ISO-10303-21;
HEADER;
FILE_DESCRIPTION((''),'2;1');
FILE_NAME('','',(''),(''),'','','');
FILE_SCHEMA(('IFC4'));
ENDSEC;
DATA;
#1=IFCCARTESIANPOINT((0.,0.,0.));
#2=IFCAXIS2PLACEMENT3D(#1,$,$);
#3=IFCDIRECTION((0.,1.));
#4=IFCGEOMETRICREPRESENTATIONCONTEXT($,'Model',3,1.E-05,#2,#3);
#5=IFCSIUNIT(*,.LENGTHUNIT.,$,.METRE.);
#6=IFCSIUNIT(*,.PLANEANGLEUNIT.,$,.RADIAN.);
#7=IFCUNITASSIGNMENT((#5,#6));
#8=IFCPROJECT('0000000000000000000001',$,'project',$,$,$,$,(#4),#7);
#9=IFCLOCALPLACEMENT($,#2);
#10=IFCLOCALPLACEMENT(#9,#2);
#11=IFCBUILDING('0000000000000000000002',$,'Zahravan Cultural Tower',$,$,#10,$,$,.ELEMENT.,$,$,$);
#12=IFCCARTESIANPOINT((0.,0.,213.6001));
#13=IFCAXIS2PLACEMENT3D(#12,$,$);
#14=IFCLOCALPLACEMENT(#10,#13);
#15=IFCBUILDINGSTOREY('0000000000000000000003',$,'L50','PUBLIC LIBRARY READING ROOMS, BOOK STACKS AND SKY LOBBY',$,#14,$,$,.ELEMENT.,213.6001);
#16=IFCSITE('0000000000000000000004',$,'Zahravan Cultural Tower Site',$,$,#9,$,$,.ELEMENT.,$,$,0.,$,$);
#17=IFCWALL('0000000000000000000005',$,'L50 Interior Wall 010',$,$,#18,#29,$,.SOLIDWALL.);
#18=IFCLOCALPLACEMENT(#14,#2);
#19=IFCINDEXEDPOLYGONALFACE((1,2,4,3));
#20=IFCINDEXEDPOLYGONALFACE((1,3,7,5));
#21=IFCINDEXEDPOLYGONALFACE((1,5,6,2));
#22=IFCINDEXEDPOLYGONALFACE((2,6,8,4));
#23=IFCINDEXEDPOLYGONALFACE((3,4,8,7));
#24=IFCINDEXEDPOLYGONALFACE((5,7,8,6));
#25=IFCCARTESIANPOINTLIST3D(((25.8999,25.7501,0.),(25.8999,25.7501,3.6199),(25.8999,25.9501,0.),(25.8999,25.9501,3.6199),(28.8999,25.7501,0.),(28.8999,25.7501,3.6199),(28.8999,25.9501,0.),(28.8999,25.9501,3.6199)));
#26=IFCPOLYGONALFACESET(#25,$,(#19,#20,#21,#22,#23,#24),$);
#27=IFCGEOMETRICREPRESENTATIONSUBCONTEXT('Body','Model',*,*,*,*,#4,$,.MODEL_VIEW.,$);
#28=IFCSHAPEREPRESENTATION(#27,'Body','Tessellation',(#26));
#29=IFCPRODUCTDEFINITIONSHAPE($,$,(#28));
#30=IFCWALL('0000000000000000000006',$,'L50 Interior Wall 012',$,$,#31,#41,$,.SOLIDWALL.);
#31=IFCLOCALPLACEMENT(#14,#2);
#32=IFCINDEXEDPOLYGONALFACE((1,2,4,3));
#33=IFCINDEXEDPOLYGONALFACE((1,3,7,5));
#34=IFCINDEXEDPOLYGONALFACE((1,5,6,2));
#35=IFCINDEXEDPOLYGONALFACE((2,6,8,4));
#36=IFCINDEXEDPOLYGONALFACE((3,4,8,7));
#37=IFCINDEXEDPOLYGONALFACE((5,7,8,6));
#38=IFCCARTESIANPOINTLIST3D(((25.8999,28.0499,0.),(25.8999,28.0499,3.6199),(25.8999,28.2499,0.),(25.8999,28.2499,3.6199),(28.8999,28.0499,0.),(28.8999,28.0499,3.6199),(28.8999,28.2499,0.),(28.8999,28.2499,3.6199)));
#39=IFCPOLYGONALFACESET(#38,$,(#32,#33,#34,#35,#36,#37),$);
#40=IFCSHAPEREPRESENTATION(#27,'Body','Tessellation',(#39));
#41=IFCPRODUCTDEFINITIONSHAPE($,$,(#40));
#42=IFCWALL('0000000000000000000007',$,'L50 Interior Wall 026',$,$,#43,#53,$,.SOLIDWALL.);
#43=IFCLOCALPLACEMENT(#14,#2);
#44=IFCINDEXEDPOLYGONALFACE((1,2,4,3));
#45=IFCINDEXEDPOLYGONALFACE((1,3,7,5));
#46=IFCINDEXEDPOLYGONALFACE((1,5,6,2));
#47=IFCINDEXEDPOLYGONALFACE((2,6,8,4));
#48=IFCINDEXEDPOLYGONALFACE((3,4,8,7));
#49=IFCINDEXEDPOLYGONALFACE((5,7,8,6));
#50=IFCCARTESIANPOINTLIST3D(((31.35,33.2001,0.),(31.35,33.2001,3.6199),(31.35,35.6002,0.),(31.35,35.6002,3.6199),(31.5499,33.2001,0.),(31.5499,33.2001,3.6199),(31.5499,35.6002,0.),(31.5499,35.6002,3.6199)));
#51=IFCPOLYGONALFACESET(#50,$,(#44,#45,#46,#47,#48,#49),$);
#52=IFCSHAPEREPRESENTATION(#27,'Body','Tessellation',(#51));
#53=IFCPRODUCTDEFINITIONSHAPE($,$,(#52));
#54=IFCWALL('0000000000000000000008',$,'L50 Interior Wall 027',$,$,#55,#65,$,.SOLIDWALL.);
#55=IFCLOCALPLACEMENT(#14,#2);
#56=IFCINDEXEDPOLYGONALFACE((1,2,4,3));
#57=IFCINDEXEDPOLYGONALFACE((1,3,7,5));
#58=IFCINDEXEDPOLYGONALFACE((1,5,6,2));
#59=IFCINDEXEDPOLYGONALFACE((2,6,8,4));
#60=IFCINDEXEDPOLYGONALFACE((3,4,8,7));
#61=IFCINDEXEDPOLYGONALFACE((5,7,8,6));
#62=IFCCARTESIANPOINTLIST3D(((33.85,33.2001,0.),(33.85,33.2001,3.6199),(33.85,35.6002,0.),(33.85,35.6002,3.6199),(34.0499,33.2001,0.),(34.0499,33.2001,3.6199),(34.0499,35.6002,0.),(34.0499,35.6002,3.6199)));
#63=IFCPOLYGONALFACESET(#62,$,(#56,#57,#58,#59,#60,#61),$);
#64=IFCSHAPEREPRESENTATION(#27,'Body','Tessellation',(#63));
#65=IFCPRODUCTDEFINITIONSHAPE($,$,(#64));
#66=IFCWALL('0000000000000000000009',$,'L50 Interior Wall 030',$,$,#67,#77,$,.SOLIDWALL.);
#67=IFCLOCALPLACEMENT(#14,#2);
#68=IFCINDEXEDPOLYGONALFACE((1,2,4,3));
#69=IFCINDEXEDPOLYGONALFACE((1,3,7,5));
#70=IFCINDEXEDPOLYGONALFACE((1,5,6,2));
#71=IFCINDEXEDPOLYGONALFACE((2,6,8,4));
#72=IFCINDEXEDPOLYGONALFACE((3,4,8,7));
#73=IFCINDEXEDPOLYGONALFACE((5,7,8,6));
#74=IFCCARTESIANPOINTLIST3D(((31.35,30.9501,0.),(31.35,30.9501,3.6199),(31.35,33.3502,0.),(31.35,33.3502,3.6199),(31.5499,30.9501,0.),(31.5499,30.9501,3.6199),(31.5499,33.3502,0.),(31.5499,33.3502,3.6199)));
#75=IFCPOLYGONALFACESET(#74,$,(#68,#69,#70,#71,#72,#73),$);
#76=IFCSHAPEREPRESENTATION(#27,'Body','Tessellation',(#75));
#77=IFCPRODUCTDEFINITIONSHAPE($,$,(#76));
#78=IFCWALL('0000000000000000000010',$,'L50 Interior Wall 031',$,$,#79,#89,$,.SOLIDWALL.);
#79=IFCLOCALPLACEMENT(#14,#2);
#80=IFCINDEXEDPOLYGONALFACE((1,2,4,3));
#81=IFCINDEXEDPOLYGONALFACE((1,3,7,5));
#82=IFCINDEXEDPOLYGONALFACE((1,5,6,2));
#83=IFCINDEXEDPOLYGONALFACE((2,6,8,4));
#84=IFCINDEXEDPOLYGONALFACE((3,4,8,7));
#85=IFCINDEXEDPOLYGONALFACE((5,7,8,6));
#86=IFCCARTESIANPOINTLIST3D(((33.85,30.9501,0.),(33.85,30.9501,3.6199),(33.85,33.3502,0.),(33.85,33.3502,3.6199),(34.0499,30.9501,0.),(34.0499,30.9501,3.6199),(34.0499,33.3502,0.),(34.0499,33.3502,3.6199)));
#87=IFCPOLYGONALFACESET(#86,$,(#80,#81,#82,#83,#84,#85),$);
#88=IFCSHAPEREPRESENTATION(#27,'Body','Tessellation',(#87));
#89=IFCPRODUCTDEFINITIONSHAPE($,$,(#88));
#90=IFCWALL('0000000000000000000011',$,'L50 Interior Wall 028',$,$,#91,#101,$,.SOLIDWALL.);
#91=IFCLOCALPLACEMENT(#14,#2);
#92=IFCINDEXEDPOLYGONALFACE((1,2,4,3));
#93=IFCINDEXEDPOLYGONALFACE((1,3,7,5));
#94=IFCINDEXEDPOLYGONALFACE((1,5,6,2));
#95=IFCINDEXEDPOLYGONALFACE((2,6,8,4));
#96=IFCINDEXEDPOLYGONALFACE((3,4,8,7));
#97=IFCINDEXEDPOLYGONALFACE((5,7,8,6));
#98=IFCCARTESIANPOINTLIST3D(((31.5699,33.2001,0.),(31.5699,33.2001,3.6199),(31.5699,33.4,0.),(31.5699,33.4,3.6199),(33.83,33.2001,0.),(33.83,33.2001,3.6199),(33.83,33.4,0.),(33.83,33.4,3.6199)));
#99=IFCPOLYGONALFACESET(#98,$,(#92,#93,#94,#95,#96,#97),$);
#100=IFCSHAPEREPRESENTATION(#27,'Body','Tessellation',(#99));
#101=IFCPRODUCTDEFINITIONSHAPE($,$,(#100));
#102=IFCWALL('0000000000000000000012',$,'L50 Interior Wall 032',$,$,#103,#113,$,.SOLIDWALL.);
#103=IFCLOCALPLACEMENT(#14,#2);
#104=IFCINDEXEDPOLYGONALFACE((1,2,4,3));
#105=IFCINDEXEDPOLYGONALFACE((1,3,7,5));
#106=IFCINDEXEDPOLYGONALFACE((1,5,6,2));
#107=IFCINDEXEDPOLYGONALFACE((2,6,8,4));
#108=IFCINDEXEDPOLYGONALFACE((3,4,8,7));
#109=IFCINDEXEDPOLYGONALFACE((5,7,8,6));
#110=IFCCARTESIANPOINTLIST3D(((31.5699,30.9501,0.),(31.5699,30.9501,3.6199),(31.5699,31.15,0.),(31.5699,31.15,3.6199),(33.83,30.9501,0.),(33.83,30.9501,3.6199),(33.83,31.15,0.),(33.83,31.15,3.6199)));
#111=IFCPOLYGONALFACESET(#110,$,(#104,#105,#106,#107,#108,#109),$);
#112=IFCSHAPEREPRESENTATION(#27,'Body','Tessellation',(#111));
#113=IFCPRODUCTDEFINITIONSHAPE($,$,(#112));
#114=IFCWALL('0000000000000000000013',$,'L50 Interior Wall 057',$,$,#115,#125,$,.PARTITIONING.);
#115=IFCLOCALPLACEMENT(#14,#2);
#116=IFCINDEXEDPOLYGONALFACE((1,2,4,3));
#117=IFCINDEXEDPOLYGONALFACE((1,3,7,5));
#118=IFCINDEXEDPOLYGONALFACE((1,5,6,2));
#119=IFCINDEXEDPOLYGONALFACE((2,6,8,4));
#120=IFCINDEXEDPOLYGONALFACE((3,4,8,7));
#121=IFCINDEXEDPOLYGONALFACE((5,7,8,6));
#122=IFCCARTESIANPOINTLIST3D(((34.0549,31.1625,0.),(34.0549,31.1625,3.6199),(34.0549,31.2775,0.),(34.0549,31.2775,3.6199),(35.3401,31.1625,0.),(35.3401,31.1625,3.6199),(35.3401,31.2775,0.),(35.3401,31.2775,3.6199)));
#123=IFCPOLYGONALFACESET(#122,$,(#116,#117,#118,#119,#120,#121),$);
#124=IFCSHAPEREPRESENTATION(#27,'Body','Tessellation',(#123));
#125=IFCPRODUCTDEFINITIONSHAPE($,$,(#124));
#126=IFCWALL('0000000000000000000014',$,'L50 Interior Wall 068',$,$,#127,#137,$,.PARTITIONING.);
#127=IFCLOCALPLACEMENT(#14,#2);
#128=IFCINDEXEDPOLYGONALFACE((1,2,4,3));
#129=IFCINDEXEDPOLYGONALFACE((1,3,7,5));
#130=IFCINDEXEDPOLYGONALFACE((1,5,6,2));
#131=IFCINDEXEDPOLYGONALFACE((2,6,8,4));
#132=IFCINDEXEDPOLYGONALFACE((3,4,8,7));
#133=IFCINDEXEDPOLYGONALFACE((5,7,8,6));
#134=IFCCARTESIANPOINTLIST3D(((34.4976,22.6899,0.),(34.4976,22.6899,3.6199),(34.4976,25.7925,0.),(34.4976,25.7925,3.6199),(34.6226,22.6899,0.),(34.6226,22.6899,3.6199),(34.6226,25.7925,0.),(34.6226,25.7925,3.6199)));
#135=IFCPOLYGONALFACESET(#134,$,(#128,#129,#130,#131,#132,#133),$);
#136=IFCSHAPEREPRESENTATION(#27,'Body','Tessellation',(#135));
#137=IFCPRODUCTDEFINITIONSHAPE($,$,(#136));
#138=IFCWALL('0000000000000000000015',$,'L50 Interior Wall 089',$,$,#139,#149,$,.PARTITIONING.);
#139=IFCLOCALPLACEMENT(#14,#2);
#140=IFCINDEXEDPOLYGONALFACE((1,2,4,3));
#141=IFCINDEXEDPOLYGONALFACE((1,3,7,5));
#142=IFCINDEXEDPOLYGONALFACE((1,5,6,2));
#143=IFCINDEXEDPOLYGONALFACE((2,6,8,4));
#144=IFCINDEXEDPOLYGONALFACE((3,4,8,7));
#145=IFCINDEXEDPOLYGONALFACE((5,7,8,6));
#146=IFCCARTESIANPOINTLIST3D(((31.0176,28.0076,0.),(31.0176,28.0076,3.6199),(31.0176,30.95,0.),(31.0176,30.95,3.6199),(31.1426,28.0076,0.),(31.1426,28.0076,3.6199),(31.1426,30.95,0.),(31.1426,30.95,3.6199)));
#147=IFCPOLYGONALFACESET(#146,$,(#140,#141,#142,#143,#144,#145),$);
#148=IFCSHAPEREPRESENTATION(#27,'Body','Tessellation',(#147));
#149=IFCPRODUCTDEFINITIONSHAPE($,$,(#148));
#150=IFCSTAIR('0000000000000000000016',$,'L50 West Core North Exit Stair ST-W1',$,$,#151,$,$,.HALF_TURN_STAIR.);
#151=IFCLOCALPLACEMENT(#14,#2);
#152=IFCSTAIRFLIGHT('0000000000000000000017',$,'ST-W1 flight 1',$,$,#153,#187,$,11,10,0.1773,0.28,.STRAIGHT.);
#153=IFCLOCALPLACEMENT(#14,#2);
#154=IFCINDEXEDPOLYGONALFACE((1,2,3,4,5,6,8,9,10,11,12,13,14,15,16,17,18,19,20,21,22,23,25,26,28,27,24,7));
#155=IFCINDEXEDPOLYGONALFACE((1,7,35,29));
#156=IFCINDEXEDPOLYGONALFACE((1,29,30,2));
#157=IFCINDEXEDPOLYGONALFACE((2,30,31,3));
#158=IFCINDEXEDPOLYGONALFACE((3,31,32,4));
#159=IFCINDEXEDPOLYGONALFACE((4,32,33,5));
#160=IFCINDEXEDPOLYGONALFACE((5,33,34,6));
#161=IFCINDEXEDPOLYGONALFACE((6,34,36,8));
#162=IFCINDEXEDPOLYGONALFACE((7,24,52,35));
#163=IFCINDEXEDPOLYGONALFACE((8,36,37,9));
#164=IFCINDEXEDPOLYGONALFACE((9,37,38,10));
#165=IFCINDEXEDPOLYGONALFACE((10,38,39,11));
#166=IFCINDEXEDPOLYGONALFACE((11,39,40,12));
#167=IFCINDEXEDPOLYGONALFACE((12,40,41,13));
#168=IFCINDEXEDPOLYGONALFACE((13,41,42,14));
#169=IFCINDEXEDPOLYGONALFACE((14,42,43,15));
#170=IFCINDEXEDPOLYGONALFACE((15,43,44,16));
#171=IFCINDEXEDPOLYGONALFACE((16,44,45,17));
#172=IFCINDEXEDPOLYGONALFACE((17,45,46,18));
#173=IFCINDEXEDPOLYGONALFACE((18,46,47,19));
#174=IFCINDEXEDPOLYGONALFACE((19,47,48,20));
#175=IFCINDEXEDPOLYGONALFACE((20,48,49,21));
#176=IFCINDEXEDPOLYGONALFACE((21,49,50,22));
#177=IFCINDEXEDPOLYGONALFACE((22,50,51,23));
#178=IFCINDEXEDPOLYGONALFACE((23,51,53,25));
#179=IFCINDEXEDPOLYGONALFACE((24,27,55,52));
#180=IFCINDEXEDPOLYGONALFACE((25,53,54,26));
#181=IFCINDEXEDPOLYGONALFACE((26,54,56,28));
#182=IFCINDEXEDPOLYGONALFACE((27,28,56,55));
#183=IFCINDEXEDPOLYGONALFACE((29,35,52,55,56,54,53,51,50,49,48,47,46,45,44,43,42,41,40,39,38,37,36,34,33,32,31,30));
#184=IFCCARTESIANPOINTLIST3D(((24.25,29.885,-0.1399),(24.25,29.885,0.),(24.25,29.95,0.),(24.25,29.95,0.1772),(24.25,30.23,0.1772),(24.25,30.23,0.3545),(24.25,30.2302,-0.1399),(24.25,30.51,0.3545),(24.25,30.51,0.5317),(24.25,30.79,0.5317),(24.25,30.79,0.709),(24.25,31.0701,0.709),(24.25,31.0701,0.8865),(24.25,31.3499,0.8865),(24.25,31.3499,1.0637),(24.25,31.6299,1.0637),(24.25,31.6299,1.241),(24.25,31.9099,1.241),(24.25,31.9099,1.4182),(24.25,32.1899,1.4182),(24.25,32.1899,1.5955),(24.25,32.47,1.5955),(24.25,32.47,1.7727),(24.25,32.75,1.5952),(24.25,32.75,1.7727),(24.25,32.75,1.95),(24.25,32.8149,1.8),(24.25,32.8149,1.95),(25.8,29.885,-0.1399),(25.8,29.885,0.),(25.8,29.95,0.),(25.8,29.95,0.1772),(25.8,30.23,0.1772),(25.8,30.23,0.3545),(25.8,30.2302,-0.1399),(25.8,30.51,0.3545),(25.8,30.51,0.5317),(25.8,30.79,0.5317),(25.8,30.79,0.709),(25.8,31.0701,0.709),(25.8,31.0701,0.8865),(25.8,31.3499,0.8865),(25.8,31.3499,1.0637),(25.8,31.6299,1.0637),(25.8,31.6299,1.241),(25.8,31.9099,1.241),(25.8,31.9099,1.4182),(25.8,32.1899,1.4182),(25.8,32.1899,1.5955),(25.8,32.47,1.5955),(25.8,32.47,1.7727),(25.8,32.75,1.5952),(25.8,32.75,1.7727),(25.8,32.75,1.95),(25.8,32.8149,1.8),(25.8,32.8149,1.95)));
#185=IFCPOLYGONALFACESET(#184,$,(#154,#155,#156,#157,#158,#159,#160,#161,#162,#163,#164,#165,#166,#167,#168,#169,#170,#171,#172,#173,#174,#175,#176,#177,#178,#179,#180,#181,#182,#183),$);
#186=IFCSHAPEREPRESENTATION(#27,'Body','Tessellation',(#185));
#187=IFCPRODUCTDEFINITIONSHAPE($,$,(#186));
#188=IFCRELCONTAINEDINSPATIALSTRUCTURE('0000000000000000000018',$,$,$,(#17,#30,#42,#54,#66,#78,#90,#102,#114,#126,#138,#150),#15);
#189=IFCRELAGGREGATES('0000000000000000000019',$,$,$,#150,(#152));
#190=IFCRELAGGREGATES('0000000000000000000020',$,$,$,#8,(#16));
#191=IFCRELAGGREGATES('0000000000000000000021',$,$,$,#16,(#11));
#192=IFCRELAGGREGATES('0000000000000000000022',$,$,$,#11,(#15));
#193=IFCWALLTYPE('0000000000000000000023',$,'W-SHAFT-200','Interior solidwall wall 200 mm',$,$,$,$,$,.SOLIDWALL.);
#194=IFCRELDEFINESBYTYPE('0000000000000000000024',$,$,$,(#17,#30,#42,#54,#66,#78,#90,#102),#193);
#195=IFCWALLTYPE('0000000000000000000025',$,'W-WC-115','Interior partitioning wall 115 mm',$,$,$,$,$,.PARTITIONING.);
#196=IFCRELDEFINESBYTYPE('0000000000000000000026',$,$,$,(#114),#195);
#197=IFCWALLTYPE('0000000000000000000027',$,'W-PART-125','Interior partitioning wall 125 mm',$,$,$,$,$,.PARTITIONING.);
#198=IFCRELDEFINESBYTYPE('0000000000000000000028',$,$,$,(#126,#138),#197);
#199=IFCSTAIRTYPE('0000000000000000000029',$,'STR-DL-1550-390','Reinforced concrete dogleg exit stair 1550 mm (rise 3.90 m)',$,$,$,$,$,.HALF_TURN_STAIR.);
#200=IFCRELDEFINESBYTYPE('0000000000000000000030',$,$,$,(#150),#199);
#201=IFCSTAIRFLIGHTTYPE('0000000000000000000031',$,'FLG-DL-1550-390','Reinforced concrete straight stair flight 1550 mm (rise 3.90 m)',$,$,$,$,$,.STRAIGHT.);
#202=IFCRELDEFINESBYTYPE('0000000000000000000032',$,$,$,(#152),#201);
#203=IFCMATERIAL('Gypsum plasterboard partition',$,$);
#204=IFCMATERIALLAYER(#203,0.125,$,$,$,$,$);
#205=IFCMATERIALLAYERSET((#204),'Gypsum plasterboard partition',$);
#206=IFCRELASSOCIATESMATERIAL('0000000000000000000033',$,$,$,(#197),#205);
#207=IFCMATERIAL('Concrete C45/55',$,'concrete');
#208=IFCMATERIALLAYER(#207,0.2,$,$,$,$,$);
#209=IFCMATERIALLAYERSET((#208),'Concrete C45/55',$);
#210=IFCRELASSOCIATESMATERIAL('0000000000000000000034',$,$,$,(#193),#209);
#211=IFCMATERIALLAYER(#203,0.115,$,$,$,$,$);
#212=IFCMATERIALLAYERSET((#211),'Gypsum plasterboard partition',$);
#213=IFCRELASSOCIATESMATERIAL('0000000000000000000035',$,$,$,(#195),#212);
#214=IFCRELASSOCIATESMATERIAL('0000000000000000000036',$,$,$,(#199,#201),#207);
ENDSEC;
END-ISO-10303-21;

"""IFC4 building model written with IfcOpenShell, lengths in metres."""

from ifc_helpers import new_model, si_unit, direction, frame, frame_2d, origin, place, context, subcontext, project, spatial, polyline, rectangle, outline, extrude, source, transform, mapped, material, layer, layer_set, type_object, element, aggregate, save


model = new_model("IFC4")

# Units and contexts
model_context = context("Model", 3, precision=1e-05, world=origin(), true_north=direction((0.0, 1.0)))
body_context = subcontext(model_context, "Body", "Model", "MODEL_VIEW")
ifc_project = project(units=[si_unit("LENGTHUNIT", "METRE"), si_unit("PLANEANGLEUNIT", "RADIAN")], contexts=[model_context])

# Site, building, storey
site_placement = place(None, origin())
site = spatial("IfcSite", under=ifc_project, at=site_placement, Name="Zahravan Cultural Tower Site", CompositionType="ELEMENT", RefElevation=0.0)
building_placement = place(site_placement, origin())
building = spatial("IfcBuilding", under=site, at=building_placement, Name="Zahravan Cultural Tower", CompositionType="ELEMENT")
storey_placement = place(building_placement, frame((0.0, 0.0, 213.6001)))
storey = spatial("IfcBuildingStorey", under=building, at=storey_placement, Name="L50", Description="PUBLIC LIBRARY READING ROOMS, BOOK STACKS AND SKY LOBBY", CompositionType="ELEMENT", Elevation=213.6001)

# Shared definitions
ifc_material_1 = material(Name="Gypsum plasterboard partition")
ifc_layer_1 = layer(ifc_material_1, 0.125)
ifc_layer_set_1 = layer_set([ifc_layer_1], Name="Gypsum plasterboard partition")
wall_type_1 = type_object("IfcWallType", Name="W-PART-125", Description="Interior partitioning wall 125 mm", PredefinedType="PARTITIONING", material=ifc_layer_set_1)
ifc_material_2 = material(Name="Concrete C45/55", Category="concrete")
ifc_layer_2 = layer(ifc_material_2, 0.2)
ifc_layer_set_2 = layer_set([ifc_layer_2], Name="Concrete C45/55")
wall_type_2 = type_object("IfcWallType", Name="W-SHAFT-200", Description="Interior solidwall wall 200 mm", PredefinedType="SOLIDWALL", material=ifc_layer_set_2)

# Walls
shared_shape_1 = source(origin(), body_context, "Body", "SweptSolid", [
    extrude(rectangle(XDim=3.0, YDim=0.2, at=frame_2d((1.5, 0.0))), origin(), (0.0, 0.0, 1.0), 3.6199),
])
for number, where, z_axis, x_axis, name in (
    (1, (25.8999, 25.8501, 0.0), (0.0, 0.0, 1.0), (1.0, 0.0, 0.0), "L50 Interior Wall 010"),
    (2, (25.8999, 28.1499, 0.0), (0.0, 0.0, 1.0), (1.0, 0.0, 0.0), "L50 Interior Wall 012"),
):
    element("IfcWall", number, at=place(storey_placement, frame(where, z_axis=z_axis, x_axis=x_axis)), inside=storey, type_object=wall_type_2, Name=name, PredefinedType="SOLIDWALL", context=body_context, shape_type="MappedRepresentation", body=[
        mapped(shared_shape_1, transform((0.0, 0.0, 0.0), x_axis=(1.0, 0.0, 0.0), y_axis=(0.0, 1.0, 0.0), z_axis=(0.0, 0.0, 1.0), scale=1.0)),
    ])
shared_shape_2 = source(origin(), body_context, "Body", "SweptSolid", [
    extrude(rectangle(XDim=2.4001, YDim=0.2, at=frame_2d((1.2002, 0.0))), origin(), (0.0, 0.0, 1.0), 3.6199),
])
for number, where, z_axis, x_axis, name in (
    (3, (31.45, 33.2, 0.0), (0.0, 0.0, 1.0), (0.0, 1.0, 0.0), "L50 Interior Wall 026"),
    (4, (33.95, 33.2, 0.0), (0.0, 0.0, 1.0), (0.0, 1.0, 0.0), "L50 Interior Wall 027"),
    (5, (31.45, 30.95, 0.0), (0.0, 0.0, 1.0), (0.0, 1.0, 0.0), "L50 Interior Wall 030"),
    (6, (33.95, 30.95, 0.0), (0.0, 0.0, 1.0), (0.0, 1.0, 0.0), "L50 Interior Wall 031"),
):
    element("IfcWall", number, at=place(storey_placement, frame(where, z_axis=z_axis, x_axis=x_axis)), inside=storey, type_object=wall_type_2, Name=name, PredefinedType="SOLIDWALL", context=body_context, shape_type="MappedRepresentation", body=[
        mapped(shared_shape_2, transform((0.0, 0.0, 0.0), x_axis=(1.0, 0.0, 0.0), y_axis=(0.0, 1.0, 0.0), z_axis=(0.0, 0.0, 1.0), scale=1.0)),
    ])
shared_shape_3 = source(origin(), body_context, "Body", "SweptSolid", [
    extrude(rectangle(XDim=2.26, YDim=0.2, at=frame_2d((1.1299, 0.0))), origin(), (0.0, 0.0, 1.0), 3.6199),
])
for number, where, z_axis, x_axis, name in (
    (7, (31.5701, 33.3, 0.0), (0.0, 0.0, 1.0), (1.0, 0.0, 0.0), "L50 Interior Wall 028"),
    (8, (31.5701, 31.05, 0.0), (0.0, 0.0, 1.0), (1.0, 0.0, 0.0), "L50 Interior Wall 032"),
):
    element("IfcWall", number, at=place(storey_placement, frame(where, z_axis=z_axis, x_axis=x_axis)), inside=storey, type_object=wall_type_2, Name=name, PredefinedType="SOLIDWALL", context=body_context, shape_type="MappedRepresentation", body=[
        mapped(shared_shape_3, transform((0.0, 0.0, 0.0), x_axis=(1.0, 0.0, 0.0), y_axis=(0.0, 1.0, 0.0), z_axis=(0.0, 0.0, 1.0), scale=1.0)),
    ])
ifc_layer_3 = layer(ifc_material_1, 0.115)
ifc_layer_set_3 = layer_set([ifc_layer_3], Name="Gypsum plasterboard partition")
wall_type_3 = type_object("IfcWallType", Name="W-WC-115", Description="Interior partitioning wall 115 mm", PredefinedType="PARTITIONING", material=ifc_layer_set_3)
shared_shape_4 = source(origin(), body_context, "Body", "SweptSolid", [
    extrude(rectangle(XDim=1.2852, YDim=0.115, at=frame_2d((0.6426, 0.0))), origin(), (0.0, 0.0, 1.0), 3.6199),
])
wall_1_placement = place(storey_placement, frame((35.3401, 31.22, 0.0), z_axis=(0.0, 0.0, 1.0), x_axis=(-1.0, 0.0, 0.0)))
element("IfcWall", 9, at=wall_1_placement, inside=storey, type_object=wall_type_3, Name="L50 Interior Wall 057", PredefinedType="PARTITIONING", context=body_context, shape_type="MappedRepresentation", body=[
    mapped(shared_shape_4, transform((0.0, 0.0, 0.0), x_axis=(1.0, 0.0, 0.0), y_axis=(0.0, 1.0, 0.0), z_axis=(0.0, 0.0, 1.0), scale=1.0)),
])
shared_shape_5 = source(origin(), body_context, "Body", "SweptSolid", [
    extrude(rectangle(XDim=3.1025, YDim=0.125, at=frame_2d((1.5513, 0.0))), origin(), (0.0, 0.0, 1.0), 3.6199),
])
wall_2_placement = place(storey_placement, frame((34.5601, 25.7925, 0.0), z_axis=(0.0, 0.0, 1.0), x_axis=(0.0, -1.0, 0.0)))
element("IfcWall", 10, at=wall_2_placement, inside=storey, type_object=wall_type_1, Name="L50 Interior Wall 068", PredefinedType="PARTITIONING", context=body_context, shape_type="MappedRepresentation", body=[
    mapped(shared_shape_5, transform((0.0, 0.0, 0.0), x_axis=(1.0, 0.0, 0.0), y_axis=(0.0, 1.0, 0.0), z_axis=(0.0, 0.0, 1.0), scale=1.0)),
])
shared_shape_6 = source(origin(), body_context, "Body", "SweptSolid", [
    extrude(rectangle(XDim=2.9424, YDim=0.125, at=frame_2d((1.4712, 0.0))), origin(), (0.0, 0.0, 1.0), 3.6199),
])
wall_3_placement = place(storey_placement, frame((31.0801, 28.0076, 0.0), z_axis=(0.0, 0.0, 1.0), x_axis=(0.0, 1.0, 0.0)))
element("IfcWall", 11, at=wall_3_placement, inside=storey, type_object=wall_type_1, Name="L50 Interior Wall 089", PredefinedType="PARTITIONING", context=body_context, shape_type="MappedRepresentation", body=[
    mapped(shared_shape_6, transform((0.0, 0.0, 0.0), x_axis=(1.0, 0.0, 0.0), y_axis=(0.0, 1.0, 0.0), z_axis=(0.0, 0.0, 1.0), scale=1.0)),
])

# Stair, stair flight
stair_type = type_object("IfcStairType", Name="STR-DL-1550-390", Description="Reinforced concrete dogleg exit stair 1550 mm (rise 3.90 m)", PredefinedType="HALF_TURN_STAIR", material=ifc_material_2)
stair_placement = place(storey_placement, origin())
stair = element("IfcStair", 12, at=stair_placement, inside=storey, type_object=stair_type, Name="L50 West Core North Exit Stair ST-W1", PredefinedType="HALF_TURN_STAIR")
stair_flight_type = type_object("IfcStairFlightType", Name="FLG-DL-1550-390", Description="Reinforced concrete straight stair flight 1550 mm (rise 3.90 m)", PredefinedType="STRAIGHT", material=ifc_material_2)
stair_flight_placement = place(storey_placement, frame((25.0249, 29.95, 0.0), z_axis=(0.0, 0.0, 1.0), x_axis=(0.0, 1.0, 0.0)))
stair_flight = element("IfcStairFlight", 13, at=stair_flight_placement, type_object=stair_flight_type, Name="ST-W1 flight 1", NumberOfRisers=11, NumberOfTreads=10, PredefinedType="STRAIGHT", RiserHeight=0.1773, TreadLength=0.28, context=body_context, shape_type="SweptSolid", body=[
    extrude(outline(polyline([(-0.0649, -0.1399), (-0.0649, 0.0), (0.0, 0.0), (0.0, 0.1772), (0.28, 0.1772), (0.28, 0.3545), (0.5601, 0.3545), (0.5601, 0.5317), (0.8401, 0.5317), (0.8401, 0.709), (1.1201, 0.709), (1.1201, 0.8865), (1.3999, 0.8865), (1.3999, 1.0637), (1.6799, 1.0637), (1.6799, 1.241), (1.96, 1.241), (1.96, 1.4182), (2.24, 1.4182), (2.24, 1.5955), (2.52, 1.5955), (2.52, 1.7727), (2.8, 1.7727), (2.8, 1.95), (2.865, 1.95), (2.865, 1.8), (2.8, 1.5952), (0.2803, -0.1399), (-0.0649, -0.1399)])), frame((0.0, 0.7749, 0.0), z_axis=(0.0, -1.0, 0.0), x_axis=(1.0, 0.0, 0.0)), (0.0, 0.0, 1.0), 1.55),
])
aggregate(stair, [stair_flight])

save(model, "model.ifc")
